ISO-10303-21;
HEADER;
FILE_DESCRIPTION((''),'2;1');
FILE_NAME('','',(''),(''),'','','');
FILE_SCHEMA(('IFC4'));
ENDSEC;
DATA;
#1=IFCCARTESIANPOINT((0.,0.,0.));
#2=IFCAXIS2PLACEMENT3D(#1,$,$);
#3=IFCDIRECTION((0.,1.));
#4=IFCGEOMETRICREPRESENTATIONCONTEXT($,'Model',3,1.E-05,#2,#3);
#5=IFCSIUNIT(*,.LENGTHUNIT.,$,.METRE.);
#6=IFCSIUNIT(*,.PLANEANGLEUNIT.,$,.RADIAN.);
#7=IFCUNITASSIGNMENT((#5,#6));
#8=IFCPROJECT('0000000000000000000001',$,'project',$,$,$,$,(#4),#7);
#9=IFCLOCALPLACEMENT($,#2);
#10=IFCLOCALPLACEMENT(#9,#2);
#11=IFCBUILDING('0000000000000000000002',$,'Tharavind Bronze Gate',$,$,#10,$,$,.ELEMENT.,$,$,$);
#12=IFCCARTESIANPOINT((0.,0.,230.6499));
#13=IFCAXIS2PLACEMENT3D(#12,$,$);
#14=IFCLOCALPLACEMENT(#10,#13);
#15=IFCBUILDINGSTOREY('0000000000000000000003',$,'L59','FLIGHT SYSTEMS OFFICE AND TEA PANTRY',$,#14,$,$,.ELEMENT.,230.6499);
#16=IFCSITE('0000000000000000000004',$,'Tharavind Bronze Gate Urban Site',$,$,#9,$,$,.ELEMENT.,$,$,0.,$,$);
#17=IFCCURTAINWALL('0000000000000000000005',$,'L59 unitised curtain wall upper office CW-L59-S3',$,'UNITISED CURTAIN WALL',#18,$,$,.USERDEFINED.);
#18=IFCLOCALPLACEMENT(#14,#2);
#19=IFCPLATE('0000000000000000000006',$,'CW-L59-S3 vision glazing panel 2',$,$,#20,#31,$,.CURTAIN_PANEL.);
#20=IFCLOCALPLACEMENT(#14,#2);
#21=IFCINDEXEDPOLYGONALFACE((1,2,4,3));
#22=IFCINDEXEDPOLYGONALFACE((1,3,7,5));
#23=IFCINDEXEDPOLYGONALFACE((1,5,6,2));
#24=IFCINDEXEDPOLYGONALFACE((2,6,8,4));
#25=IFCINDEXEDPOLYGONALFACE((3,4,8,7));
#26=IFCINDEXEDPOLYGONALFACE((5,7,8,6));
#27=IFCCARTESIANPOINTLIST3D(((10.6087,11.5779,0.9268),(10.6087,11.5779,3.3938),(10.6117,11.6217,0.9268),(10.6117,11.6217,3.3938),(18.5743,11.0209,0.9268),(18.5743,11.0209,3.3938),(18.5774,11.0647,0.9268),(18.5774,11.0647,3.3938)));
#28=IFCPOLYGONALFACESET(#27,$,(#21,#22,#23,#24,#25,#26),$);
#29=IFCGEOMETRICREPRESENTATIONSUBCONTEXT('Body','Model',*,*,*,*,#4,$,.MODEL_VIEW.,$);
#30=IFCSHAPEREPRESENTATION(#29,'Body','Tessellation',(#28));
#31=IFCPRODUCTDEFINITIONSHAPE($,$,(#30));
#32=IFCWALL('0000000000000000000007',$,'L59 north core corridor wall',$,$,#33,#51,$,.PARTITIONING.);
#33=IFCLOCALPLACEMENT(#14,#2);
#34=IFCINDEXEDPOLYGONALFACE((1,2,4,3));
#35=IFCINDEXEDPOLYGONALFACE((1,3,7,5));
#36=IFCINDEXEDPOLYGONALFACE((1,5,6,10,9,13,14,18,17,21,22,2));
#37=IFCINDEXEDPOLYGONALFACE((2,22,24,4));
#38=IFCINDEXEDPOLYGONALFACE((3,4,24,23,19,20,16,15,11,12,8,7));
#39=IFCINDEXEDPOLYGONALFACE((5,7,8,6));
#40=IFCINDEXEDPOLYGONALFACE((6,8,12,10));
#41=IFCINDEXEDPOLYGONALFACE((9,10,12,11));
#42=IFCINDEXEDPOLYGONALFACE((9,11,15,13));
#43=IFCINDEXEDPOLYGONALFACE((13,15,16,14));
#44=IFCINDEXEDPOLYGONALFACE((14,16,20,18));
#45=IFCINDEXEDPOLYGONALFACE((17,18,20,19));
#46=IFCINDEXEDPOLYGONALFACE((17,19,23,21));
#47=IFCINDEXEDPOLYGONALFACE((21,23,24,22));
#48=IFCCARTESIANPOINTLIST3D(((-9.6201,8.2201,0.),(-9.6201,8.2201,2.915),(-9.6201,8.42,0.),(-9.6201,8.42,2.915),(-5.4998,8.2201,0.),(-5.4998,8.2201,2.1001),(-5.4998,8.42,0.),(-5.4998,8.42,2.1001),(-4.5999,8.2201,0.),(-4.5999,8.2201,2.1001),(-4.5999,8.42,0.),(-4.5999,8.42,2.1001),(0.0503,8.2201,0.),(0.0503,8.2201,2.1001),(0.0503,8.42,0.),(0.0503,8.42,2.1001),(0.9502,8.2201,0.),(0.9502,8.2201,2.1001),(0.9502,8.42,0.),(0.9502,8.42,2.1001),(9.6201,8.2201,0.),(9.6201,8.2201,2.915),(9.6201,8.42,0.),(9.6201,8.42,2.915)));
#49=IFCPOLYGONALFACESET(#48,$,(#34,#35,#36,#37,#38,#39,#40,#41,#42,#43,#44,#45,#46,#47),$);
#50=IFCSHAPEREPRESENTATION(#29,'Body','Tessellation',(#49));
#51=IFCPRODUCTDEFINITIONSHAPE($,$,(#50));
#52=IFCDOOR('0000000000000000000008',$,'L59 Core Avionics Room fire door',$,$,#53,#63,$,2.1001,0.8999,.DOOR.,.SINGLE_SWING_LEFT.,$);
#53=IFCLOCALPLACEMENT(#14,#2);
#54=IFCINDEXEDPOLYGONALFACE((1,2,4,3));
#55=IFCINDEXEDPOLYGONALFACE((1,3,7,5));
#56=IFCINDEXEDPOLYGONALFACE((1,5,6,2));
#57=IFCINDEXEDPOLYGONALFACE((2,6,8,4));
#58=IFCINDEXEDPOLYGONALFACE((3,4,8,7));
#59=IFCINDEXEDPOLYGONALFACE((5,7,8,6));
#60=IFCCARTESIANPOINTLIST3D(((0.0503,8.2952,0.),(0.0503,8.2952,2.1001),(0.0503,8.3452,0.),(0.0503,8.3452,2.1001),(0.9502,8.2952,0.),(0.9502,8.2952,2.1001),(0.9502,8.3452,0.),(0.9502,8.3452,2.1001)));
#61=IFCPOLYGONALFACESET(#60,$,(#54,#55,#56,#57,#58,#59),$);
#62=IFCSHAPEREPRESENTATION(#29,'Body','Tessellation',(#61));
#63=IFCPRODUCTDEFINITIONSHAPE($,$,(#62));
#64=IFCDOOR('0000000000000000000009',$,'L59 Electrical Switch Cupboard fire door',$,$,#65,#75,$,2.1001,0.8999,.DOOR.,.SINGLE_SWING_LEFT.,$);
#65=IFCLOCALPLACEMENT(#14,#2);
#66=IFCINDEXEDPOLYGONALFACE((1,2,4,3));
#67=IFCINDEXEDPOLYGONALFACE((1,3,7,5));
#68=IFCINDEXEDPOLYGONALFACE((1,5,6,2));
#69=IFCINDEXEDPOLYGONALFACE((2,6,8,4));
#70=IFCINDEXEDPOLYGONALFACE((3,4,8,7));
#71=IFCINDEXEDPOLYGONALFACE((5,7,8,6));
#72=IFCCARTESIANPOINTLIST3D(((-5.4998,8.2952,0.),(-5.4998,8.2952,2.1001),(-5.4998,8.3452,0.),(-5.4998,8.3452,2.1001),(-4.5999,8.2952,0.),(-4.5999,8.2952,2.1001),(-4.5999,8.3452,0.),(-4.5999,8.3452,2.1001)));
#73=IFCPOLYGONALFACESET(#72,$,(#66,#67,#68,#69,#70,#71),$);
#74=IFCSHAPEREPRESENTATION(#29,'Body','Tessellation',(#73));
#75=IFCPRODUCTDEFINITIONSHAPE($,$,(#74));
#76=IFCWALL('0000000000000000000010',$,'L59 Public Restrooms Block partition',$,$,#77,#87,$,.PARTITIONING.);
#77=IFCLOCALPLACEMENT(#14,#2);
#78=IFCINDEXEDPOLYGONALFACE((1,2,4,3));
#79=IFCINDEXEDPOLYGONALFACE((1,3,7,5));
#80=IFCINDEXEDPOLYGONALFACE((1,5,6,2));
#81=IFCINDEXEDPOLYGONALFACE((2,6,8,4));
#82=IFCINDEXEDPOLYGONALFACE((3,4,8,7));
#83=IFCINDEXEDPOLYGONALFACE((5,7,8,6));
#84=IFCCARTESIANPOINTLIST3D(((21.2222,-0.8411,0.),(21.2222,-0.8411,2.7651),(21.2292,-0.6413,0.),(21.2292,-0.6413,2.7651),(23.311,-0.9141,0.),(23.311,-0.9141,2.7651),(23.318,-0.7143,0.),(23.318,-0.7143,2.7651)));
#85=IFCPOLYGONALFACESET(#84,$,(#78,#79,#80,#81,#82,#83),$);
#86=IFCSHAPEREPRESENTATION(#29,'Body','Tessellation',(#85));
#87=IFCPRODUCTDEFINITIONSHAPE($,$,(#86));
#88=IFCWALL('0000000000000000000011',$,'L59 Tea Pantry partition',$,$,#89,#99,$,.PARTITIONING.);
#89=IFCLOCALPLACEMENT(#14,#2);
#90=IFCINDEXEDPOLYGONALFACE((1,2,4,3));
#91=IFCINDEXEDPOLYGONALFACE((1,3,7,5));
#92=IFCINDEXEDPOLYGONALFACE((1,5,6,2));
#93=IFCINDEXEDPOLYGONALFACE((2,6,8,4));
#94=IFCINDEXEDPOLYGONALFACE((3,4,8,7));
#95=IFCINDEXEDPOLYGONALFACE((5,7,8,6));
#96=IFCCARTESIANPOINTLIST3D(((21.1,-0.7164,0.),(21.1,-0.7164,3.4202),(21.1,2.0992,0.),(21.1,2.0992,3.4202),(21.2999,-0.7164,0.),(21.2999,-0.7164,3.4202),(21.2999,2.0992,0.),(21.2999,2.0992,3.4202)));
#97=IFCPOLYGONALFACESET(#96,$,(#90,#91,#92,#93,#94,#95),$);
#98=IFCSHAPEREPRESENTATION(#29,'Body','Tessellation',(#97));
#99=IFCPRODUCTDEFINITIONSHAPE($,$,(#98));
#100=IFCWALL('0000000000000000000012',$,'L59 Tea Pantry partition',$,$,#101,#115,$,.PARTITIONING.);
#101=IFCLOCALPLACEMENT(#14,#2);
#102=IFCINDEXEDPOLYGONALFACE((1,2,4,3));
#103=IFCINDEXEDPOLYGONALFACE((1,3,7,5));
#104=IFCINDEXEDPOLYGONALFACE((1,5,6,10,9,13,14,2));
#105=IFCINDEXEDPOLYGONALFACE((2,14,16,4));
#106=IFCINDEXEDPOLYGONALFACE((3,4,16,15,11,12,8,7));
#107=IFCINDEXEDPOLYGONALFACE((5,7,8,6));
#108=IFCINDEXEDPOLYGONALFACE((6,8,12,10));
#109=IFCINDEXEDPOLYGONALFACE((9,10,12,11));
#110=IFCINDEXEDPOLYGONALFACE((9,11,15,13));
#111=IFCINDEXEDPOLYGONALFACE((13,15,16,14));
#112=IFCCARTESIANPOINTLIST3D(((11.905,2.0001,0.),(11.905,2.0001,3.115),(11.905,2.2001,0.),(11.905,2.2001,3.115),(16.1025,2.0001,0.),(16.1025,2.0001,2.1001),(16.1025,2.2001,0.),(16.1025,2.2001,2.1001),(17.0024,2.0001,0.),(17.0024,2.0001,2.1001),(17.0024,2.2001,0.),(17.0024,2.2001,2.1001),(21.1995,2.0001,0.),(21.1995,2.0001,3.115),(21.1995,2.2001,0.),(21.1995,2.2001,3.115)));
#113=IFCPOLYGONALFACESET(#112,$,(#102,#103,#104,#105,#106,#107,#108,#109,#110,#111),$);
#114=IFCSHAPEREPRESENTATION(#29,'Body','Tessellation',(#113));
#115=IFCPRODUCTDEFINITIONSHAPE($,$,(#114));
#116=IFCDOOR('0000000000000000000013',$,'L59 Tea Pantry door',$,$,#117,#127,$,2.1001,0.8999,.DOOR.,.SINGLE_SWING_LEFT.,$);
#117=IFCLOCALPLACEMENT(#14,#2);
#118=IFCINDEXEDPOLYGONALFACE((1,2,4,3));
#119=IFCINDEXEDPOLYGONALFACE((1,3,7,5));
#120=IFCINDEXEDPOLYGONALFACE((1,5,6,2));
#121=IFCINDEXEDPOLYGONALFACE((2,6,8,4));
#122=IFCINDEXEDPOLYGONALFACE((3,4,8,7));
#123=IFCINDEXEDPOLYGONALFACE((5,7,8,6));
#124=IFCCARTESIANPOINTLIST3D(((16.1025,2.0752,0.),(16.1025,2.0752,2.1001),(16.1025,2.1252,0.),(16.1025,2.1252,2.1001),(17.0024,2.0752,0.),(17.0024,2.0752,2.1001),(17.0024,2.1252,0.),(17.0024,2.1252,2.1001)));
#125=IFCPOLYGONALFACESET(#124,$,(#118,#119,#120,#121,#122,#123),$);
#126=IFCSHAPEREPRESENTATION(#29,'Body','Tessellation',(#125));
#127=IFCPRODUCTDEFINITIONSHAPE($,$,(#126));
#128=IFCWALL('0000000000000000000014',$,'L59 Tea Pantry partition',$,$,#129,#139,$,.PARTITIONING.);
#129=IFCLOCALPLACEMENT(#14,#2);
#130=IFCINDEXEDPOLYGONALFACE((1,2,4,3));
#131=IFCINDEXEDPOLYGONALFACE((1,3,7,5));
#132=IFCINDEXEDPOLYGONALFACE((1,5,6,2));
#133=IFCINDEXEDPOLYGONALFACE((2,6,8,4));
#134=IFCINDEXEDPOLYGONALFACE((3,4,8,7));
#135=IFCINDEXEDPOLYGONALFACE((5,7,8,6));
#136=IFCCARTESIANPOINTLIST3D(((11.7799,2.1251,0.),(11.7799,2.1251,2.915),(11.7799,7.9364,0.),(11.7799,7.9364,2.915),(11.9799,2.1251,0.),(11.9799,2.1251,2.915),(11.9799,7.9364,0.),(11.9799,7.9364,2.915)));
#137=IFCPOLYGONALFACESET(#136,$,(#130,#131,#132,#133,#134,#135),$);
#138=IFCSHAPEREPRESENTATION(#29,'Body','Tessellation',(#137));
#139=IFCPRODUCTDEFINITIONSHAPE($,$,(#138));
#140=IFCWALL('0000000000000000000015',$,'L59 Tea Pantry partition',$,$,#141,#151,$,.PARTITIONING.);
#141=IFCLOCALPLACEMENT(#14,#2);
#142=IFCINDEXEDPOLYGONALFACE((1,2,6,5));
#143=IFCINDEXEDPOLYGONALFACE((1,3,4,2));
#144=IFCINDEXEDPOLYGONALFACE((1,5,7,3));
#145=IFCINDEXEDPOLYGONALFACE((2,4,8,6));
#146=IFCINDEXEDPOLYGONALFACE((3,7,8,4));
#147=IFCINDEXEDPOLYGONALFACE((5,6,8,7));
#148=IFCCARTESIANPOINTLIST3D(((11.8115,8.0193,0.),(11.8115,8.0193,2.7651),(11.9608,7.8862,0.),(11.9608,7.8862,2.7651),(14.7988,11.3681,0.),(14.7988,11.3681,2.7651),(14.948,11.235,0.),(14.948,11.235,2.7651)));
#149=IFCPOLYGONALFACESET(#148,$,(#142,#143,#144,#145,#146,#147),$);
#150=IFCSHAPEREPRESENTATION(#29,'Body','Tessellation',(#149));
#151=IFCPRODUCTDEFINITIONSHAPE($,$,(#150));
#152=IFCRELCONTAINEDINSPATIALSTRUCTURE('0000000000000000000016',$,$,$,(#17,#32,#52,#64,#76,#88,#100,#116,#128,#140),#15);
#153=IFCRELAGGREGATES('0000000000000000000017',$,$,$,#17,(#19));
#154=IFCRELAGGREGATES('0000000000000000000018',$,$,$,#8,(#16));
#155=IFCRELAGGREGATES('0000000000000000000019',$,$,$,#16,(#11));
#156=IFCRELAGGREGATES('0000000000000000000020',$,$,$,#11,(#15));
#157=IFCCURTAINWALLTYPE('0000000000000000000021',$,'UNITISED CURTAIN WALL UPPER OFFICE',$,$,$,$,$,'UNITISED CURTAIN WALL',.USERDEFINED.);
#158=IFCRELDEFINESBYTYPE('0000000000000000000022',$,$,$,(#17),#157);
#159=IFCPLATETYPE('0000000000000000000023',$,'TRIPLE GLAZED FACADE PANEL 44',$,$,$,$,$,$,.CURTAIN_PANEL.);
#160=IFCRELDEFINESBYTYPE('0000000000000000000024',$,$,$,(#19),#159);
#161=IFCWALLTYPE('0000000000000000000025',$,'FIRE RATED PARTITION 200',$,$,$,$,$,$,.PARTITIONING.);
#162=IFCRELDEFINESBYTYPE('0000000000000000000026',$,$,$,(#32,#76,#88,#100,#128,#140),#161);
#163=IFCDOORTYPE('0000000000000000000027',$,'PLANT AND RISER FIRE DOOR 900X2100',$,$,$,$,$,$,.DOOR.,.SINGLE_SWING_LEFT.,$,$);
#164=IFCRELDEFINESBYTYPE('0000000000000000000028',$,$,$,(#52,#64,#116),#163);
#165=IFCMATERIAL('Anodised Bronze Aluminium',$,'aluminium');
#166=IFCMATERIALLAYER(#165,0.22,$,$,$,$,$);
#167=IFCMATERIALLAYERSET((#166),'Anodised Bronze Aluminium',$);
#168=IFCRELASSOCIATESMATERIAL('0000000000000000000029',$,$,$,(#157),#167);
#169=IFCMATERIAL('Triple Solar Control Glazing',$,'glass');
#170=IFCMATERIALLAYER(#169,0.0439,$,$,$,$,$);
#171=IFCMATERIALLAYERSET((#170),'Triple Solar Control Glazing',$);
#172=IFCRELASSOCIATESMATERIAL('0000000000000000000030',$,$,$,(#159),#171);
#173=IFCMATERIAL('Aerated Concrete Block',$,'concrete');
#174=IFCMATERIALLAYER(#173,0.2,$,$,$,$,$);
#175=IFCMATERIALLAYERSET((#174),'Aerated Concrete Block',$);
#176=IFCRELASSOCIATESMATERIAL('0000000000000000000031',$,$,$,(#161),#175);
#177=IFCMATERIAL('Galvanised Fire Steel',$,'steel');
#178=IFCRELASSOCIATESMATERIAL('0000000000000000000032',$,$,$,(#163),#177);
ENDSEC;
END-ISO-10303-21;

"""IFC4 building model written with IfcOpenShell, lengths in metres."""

from ifc_helpers import new_model, si_unit, direction, frame, frame_2d, origin, origin_2d, place, context, subcontext, project, spatial, rectangle, extrude, material, layer, layer_set, type_object, element, fill, aggregate, save


model = new_model("IFC4")

# Units and contexts
model_context = context("Model", 3, precision=1e-05, world=origin(), true_north=direction((0.0, 1.0)))
body_context = subcontext(model_context, "Body", "Model", "MODEL_VIEW")
ifc_project = project(units=[si_unit("LENGTHUNIT", "METRE"), si_unit("PLANEANGLEUNIT", "RADIAN")], contexts=[model_context])

# Site, building, storey
site_placement = place(None, origin())
site = spatial("IfcSite", under=ifc_project, at=site_placement, Name="Tharavind Bronze Gate Urban Site", CompositionType="ELEMENT", RefElevation=0.0)
building_placement = place(site_placement, origin())
building = spatial("IfcBuilding", under=site, at=building_placement, Name="Tharavind Bronze Gate", CompositionType="ELEMENT")
storey_placement = place(building_placement, frame((0.0, 0.0, 230.6499)))
storey = spatial("IfcBuildingStorey", under=building, at=storey_placement, Name="L59", Description="FLIGHT SYSTEMS OFFICE AND TEA PANTRY", CompositionType="ELEMENT", Elevation=230.6499)

# Curtain wall
ifc_material_1 = material(Name="Anodised Bronze Aluminium", Category="aluminium")
ifc_layer_1 = layer(ifc_material_1, 0.22)
ifc_layer_set_1 = layer_set([ifc_layer_1], Name="Anodised Bronze Aluminium")
curtain_wall_type = type_object("IfcCurtainWallType", Name="UNITISED CURTAIN WALL UPPER OFFICE", ElementType="UNITISED CURTAIN WALL", PredefinedType="USERDEFINED", material=ifc_layer_set_1)
curtain_wall_placement = place(storey_placement, origin())
curtain_wall = element("IfcCurtainWall", 1, at=curtain_wall_placement, inside=storey, type_object=curtain_wall_type, Name="L59 unitised curtain wall upper office CW-L59-S3", ObjectType="UNITISED CURTAIN WALL", PredefinedType="USERDEFINED")

# Plate
ifc_material_2 = material(Name="Triple Solar Control Glazing", Category="glass")
ifc_layer_2 = layer(ifc_material_2, 0.0439)
ifc_layer_set_2 = layer_set([ifc_layer_2], Name="Triple Solar Control Glazing")
plate_type_1 = type_object("IfcPlateType", Name="TRIPLE GLAZED FACADE PANEL 44", PredefinedType="CURTAIN_PANEL", material=ifc_layer_set_2)
plate_1_placement = place(storey_placement, frame((14.593, 11.3213, 0.9268), z_axis=(0.0, 0.0, 1.0), x_axis=(-0.997564, 0.069758, 0.0)))
plate_1 = element("IfcPlate", 2, at=plate_1_placement, type_object=plate_type_1, Name="CW-L59-S3 vision glazing panel 2", PredefinedType="CURTAIN_PANEL", context=body_context, shape_type="SweptSolid", body=[
    extrude(rectangle(XDim=7.9851, YDim=0.0439, at=origin_2d()), origin(), (0.0, 0.0, 1.0), 2.467),
])
aggregate(curtain_wall, [plate_1])

# Wall, openings, doors
ifc_material_3 = material(Name="Aerated Concrete Block", Category="concrete")
ifc_layer_3 = layer(ifc_material_3, 0.2)
ifc_layer_set_3 = layer_set([ifc_layer_3], Name="Aerated Concrete Block")
wall_type = type_object("IfcWallType", Name="FIRE RATED PARTITION 200", PredefinedType="PARTITIONING", material=ifc_layer_set_3)
wall_1_placement = place(storey_placement, frame((9.6201, 8.3201, 0.0), z_axis=(0.0, 0.0, 1.0), x_axis=(-1.0, 0.0, 0.0)))
wall_1 = element("IfcWall", 3, at=wall_1_placement, inside=storey, type_object=wall_type, Name="L59 north core corridor wall", PredefinedType="PARTITIONING", context=body_context, shape_type="SweptSolid", body=[
    extrude(rectangle(XDim=19.2402, YDim=0.2, at=frame_2d((9.6201, 0.0))), origin(), (0.0, 0.0, 1.0), 2.915),
])
opening_1_placement = place(wall_1_placement, frame((8.6699, 0.0, 0.0)))
opening_1 = element("IfcOpeningElement", 4, at=opening_1_placement, cuts=wall_1, PredefinedType="OPENING", context=body_context, shape_type="SweptSolid", body=[
    extrude(rectangle(XDim=0.8999, YDim=2.1001, at=frame_2d((0.45, 1.05))), frame((0.0, 0.1101, 0.0), z_axis=(0.0, -1.0, 0.0), x_axis=(1.0, 0.0, 0.0)), (0.0, 0.0, 1.0), 0.22),
])
opening_2_placement = place(wall_1_placement, frame((14.22, 0.0, 0.0)))
opening_2 = element("IfcOpeningElement", 5, at=opening_2_placement, cuts=wall_1, PredefinedType="OPENING", context=body_context, shape_type="SweptSolid", body=[
    extrude(rectangle(XDim=0.8999, YDim=2.1001, at=frame_2d((0.45, 1.05))), frame((0.0, 0.1101, 0.0), z_axis=(0.0, -1.0, 0.0), x_axis=(1.0, 0.0, 0.0)), (0.0, 0.0, 1.0), 0.22),
])
ifc_material_4 = material(Name="Galvanised Fire Steel", Category="steel")
door_type = type_object("IfcDoorType", Name="PLANT AND RISER FIRE DOOR 900X2100", OperationType="SINGLE_SWING_LEFT", PredefinedType="DOOR", material=ifc_material_4)
door_1_placement = place(opening_1_placement, origin())
door_1 = element("IfcDoor", 6, at=door_1_placement, inside=storey, type_object=door_type, Name="L59 Core Avionics Room fire door", OperationType="SINGLE_SWING_LEFT", OverallHeight=2.1001, OverallWidth=0.8999, PredefinedType="DOOR", context=body_context, shape_type="SweptSolid", body=[
    extrude(rectangle(XDim=0.8999, YDim=2.1001, at=frame_2d((0.45, 1.05))), frame((0.0, 0.0249, 0.0), z_axis=(0.0, -1.0, 0.0), x_axis=(1.0, 0.0, 0.0)), (0.0, 0.0, 1.0), 0.05),
])
fill(opening_1, door_1)
door_2_placement = place(opening_2_placement, origin())
door_2 = element("IfcDoor", 7, at=door_2_placement, inside=storey, type_object=door_type, Name="L59 Electrical Switch Cupboard fire door", OperationType="SINGLE_SWING_LEFT", OverallHeight=2.1001, OverallWidth=0.8999, PredefinedType="DOOR", context=body_context, shape_type="SweptSolid", body=[
    extrude(rectangle(XDim=0.8999, YDim=2.1001, at=frame_2d((0.45, 1.05))), frame((0.0, 0.0249, 0.0), z_axis=(0.0, -1.0, 0.0), x_axis=(1.0, 0.0, 0.0)), (0.0, 0.0, 1.0), 0.05),
])
fill(opening_2, door_2)

# Walls
wall_2_placement = place(storey_placement, frame((21.2258, -0.7412, 0.0), z_axis=(0.0, 0.0, 1.0), x_axis=(0.99939, -0.034925, 0.0)))
element("IfcWall", 8, at=wall_2_placement, inside=storey, type_object=wall_type, Name="L59 Public Restrooms Block partition", PredefinedType="PARTITIONING", context=body_context, shape_type="SweptSolid", body=[
    extrude(rectangle(XDim=2.0901, YDim=0.2, at=frame_2d((1.0449, 0.0))), origin(), (0.0, 0.0, 1.0), 2.7651),
])
wall_3_placement = place(storey_placement, frame((21.2, -0.7163, 0.0), z_axis=(0.0, 0.0, 1.0), x_axis=(0.0, 1.0, 0.0)))
element("IfcWall", 9, at=wall_3_placement, inside=storey, type_object=wall_type, Name="L59 Tea Pantry partition", PredefinedType="PARTITIONING", context=body_context, shape_type="SweptSolid", body=[
    extrude(rectangle(XDim=2.8157, YDim=0.2, at=frame_2d((1.4077, 0.0))), origin(), (0.0, 0.0, 1.0), 3.4202),
])

# Wall, opening, door
wall_4_placement = place(storey_placement, frame((21.1995, 2.1001, 0.0), z_axis=(0.0, 0.0, 1.0), x_axis=(-1.0, 0.0, 0.0)))
wall_4 = element("IfcWall", 10, at=wall_4_placement, inside=storey, type_object=wall_type, Name="L59 Tea Pantry partition", PredefinedType="PARTITIONING", context=body_context, shape_type="SweptSolid", body=[
    extrude(rectangle(XDim=9.2944, YDim=0.2, at=frame_2d((4.6472, 0.0))), origin(), (0.0, 0.0, 1.0), 3.115),
])
opening_3_placement = place(wall_4_placement, frame((4.197, 0.0, 0.0)))
opening_3 = element("IfcOpeningElement", 11, at=opening_3_placement, cuts=wall_4, PredefinedType="OPENING", context=body_context, shape_type="SweptSolid", body=[
    extrude(rectangle(XDim=0.8999, YDim=2.1001, at=frame_2d((0.45, 1.05))), frame((0.0, 0.1101, 0.0), z_axis=(0.0, -1.0, 0.0), x_axis=(1.0, 0.0, 0.0)), (0.0, 0.0, 1.0), 0.22),
])
door_3_placement = place(opening_3_placement, origin())
door_3 = element("IfcDoor", 12, at=door_3_placement, inside=storey, type_object=door_type, Name="L59 Tea Pantry door", OperationType="SINGLE_SWING_LEFT", OverallHeight=2.1001, OverallWidth=0.8999, PredefinedType="DOOR", context=body_context, shape_type="SweptSolid", body=[
    extrude(rectangle(XDim=0.8999, YDim=2.1001, at=frame_2d((0.45, 1.05))), frame((0.0, 0.0249, 0.0), z_axis=(0.0, -1.0, 0.0), x_axis=(1.0, 0.0, 0.0)), (0.0, 0.0, 1.0), 0.05),
])
fill(opening_3, door_3)

# Walls
wall_5_placement = place(storey_placement, frame((11.8799, 2.125, 0.0), z_axis=(0.0, 0.0, 1.0), x_axis=(0.0, 1.0, 0.0)))
element("IfcWall", 13, at=wall_5_placement, inside=storey, type_object=wall_type, Name="L59 Tea Pantry partition", PredefinedType="PARTITIONING", context=body_context, shape_type="SweptSolid", body=[
    extrude(rectangle(XDim=5.8113, YDim=0.2, at=frame_2d((2.9058, 0.0))), origin(), (0.0, 0.0, 1.0), 2.915),
])
wall_6_placement = place(storey_placement, frame((11.8862, 7.9529, 0.0), z_axis=(0.0, 0.0, 1.0), x_axis=(0.665673, 0.746244, 0.0)))
element("IfcWall", 14, at=wall_6_placement, inside=storey, type_object=wall_type, Name="L59 Tea Pantry partition", PredefinedType="PARTITIONING", context=body_context, shape_type="SweptSolid", body=[
    extrude(rectangle(XDim=4.4875, YDim=0.2, at=frame_2d((2.2437, 0.0))), origin(), (0.0, 0.0, 1.0), 2.7651),
])

save(model, "model.ifc")
